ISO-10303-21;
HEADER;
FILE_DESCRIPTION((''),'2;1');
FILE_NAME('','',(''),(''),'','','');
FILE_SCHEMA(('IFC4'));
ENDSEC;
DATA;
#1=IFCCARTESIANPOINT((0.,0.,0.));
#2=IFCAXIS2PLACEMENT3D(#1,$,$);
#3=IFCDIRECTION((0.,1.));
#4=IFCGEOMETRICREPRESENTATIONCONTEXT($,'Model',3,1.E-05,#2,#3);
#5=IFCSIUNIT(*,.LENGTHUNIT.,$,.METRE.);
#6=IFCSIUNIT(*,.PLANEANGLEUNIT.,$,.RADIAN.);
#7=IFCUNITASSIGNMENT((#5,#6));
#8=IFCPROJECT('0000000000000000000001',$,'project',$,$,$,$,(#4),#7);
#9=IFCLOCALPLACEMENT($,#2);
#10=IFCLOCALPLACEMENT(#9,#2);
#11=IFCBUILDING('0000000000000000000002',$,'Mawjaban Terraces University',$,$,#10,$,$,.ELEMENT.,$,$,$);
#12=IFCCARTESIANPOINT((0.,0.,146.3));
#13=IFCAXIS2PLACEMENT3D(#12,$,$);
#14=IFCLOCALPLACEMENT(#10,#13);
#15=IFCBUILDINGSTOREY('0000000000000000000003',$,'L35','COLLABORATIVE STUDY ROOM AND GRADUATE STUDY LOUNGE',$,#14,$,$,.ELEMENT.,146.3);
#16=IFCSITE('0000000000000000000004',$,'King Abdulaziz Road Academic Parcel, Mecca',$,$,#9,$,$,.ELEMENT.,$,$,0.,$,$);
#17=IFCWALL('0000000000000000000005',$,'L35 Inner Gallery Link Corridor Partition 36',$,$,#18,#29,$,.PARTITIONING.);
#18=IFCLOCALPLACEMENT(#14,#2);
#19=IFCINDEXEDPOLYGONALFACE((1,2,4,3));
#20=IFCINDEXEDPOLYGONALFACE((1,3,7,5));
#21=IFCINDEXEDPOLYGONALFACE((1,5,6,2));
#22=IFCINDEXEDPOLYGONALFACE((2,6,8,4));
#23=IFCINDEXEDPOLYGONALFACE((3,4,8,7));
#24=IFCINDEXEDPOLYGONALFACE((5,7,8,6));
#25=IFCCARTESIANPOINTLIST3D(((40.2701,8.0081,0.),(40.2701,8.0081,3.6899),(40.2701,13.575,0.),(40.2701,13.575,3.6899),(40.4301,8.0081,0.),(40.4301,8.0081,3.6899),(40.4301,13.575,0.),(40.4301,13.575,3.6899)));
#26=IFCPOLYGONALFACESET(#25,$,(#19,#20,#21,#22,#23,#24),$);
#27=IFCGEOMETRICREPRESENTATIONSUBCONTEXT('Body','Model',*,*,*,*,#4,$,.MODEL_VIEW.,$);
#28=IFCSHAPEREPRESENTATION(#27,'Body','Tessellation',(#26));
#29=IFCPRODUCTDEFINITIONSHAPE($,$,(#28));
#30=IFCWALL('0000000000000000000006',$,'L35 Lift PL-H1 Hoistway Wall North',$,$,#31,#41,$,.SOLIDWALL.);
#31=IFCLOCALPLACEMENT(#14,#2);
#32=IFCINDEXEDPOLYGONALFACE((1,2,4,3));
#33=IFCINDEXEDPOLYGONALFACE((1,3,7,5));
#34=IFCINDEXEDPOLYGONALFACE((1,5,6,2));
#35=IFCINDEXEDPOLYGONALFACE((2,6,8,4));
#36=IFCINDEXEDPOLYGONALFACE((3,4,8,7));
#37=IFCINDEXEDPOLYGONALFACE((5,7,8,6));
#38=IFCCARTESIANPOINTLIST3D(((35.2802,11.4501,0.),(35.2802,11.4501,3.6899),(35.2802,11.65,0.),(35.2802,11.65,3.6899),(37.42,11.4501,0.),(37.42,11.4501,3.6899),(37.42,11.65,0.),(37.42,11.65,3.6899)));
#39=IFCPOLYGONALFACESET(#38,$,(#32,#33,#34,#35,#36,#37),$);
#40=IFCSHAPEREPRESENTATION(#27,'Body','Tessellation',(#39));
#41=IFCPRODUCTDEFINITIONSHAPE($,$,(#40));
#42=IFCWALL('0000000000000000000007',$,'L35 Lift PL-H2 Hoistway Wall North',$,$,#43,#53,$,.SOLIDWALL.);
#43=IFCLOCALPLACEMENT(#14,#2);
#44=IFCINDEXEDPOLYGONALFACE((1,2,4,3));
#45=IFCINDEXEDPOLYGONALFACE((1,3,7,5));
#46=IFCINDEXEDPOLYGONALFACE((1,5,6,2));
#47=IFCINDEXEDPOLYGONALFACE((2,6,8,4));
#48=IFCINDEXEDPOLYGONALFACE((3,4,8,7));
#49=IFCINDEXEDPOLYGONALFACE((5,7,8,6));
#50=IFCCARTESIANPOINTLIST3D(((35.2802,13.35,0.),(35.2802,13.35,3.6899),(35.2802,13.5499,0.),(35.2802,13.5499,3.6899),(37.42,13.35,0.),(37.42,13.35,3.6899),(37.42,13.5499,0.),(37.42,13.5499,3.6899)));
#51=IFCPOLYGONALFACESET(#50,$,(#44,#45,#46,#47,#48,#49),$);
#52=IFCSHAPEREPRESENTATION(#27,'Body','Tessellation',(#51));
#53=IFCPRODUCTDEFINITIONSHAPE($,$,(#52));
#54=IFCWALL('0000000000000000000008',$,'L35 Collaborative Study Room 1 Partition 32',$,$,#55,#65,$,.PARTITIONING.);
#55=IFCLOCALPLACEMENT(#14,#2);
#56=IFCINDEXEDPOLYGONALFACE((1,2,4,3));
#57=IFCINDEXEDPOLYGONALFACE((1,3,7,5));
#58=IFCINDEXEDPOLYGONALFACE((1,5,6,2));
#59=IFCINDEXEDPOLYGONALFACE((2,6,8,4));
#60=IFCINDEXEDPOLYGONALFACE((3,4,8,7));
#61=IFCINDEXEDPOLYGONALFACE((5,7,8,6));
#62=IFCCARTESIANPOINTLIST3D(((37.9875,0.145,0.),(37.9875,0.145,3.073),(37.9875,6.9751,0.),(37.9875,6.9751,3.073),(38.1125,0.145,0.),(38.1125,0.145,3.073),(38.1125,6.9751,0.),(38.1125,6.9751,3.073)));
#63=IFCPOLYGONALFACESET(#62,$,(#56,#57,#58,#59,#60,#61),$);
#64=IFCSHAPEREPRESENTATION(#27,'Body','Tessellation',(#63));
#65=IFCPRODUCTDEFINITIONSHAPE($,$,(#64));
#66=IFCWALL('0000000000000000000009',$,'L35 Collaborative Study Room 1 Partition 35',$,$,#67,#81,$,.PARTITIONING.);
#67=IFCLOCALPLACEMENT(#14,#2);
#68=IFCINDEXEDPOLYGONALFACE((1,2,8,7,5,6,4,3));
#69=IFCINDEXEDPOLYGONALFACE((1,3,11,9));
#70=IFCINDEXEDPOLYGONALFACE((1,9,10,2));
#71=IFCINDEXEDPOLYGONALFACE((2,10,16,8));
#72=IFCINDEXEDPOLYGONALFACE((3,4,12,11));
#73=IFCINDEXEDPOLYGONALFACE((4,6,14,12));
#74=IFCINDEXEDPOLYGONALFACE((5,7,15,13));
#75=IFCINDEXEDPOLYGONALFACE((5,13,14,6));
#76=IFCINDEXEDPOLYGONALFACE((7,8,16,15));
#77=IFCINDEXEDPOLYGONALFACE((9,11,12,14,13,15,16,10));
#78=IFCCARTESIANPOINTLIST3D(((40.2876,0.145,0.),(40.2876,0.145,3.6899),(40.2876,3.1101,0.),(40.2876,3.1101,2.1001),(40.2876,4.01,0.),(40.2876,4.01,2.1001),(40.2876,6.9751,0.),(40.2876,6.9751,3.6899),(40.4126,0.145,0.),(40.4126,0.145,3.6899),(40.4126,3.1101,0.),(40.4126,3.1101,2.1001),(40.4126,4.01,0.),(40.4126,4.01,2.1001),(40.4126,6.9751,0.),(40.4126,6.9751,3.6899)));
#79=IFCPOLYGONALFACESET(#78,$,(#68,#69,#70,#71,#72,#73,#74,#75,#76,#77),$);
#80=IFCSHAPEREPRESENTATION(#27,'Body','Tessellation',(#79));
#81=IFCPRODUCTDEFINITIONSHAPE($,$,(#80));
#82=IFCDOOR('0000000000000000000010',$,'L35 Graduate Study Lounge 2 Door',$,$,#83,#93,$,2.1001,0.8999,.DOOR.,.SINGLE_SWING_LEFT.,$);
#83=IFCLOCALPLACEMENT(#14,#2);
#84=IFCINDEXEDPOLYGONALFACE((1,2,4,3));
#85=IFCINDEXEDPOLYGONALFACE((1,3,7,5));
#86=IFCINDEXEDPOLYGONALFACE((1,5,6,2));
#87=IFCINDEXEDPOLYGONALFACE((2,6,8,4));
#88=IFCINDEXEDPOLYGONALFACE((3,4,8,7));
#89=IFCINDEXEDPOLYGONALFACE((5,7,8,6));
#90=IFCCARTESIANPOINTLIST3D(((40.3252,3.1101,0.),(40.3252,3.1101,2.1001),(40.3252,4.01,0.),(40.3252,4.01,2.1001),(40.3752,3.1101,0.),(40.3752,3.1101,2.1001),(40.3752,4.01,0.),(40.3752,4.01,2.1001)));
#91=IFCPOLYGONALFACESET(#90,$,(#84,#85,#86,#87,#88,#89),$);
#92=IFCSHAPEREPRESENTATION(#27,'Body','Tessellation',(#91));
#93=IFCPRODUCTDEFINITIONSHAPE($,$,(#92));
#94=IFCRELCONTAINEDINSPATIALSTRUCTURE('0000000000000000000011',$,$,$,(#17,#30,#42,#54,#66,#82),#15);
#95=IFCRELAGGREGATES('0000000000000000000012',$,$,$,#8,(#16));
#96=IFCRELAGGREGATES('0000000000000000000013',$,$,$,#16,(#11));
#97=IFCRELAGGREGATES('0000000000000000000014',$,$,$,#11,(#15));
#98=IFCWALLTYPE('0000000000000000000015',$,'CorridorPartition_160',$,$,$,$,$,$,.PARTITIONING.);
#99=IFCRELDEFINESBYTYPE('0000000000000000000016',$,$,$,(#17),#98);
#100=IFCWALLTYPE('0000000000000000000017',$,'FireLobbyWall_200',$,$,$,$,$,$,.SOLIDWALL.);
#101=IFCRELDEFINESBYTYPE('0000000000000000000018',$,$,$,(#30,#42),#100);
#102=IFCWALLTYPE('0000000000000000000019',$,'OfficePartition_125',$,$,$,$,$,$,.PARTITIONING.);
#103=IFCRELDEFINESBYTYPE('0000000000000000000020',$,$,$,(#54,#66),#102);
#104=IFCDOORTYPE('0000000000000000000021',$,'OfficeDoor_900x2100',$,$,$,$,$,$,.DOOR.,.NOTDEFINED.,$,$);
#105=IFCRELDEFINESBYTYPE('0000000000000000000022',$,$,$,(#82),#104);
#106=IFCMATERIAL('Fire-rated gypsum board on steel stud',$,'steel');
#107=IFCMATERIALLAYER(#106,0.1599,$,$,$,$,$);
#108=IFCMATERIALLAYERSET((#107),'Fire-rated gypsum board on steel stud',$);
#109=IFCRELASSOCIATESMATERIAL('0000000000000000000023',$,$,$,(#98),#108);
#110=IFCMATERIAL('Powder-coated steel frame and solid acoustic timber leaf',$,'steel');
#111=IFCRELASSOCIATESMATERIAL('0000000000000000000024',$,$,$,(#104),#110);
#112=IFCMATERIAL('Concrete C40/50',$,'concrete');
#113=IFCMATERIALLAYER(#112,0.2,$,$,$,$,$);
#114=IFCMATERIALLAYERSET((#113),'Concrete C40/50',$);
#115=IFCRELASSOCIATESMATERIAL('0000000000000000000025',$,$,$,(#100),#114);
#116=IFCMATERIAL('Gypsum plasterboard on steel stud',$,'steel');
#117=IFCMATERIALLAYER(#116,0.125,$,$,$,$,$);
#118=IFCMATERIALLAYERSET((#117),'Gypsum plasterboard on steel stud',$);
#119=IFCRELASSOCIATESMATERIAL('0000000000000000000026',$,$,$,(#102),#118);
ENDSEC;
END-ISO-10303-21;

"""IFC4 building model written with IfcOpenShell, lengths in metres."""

from ifc_helpers import new_model, si_unit, direction, frame, frame_2d, origin, place, context, subcontext, project, spatial, rectangle, extrude, material, layer, layer_set, type_object, element, fill, save


model = new_model("IFC4")

# Units and contexts
model_context = context("Model", 3, precision=1e-05, world=origin(), true_north=direction((0.0, 1.0)))
body_context = subcontext(model_context, "Body", "Model", "MODEL_VIEW")
ifc_project = project(units=[si_unit("LENGTHUNIT", "METRE"), si_unit("PLANEANGLEUNIT", "RADIAN")], contexts=[model_context])

# Site, building, storey
site_placement = place(None, origin())
site = spatial("IfcSite", under=ifc_project, at=site_placement, Name="King Abdulaziz Road Academic Parcel, Mecca", CompositionType="ELEMENT", RefElevation=0.0)
building_placement = place(site_placement, origin())
building = spatial("IfcBuilding", under=site, at=building_placement, Name="Mawjaban Terraces University", CompositionType="ELEMENT")
storey_placement = place(building_placement, frame((0.0, 0.0, 146.3)))
storey = spatial("IfcBuildingStorey", under=building, at=storey_placement, Name="L35", Description="COLLABORATIVE STUDY ROOM AND GRADUATE STUDY LOUNGE", CompositionType="ELEMENT", Elevation=146.3)

# Shared definitions
ifc_material_1 = material(Name="Fire-rated gypsum board on steel stud", Category="steel")
ifc_layer_1 = layer(ifc_material_1, 0.1599)
ifc_layer_set_1 = layer_set([ifc_layer_1], Name="Fire-rated gypsum board on steel stud")
wall_type_1 = type_object("IfcWallType", Name="CorridorPartition_160", PredefinedType="PARTITIONING", material=ifc_layer_set_1)
ifc_material_2 = material(Name="Powder-coated steel frame and solid acoustic timber leaf", Category="steel")
door_type = type_object("IfcDoorType", Name="OfficeDoor_900x2100", OperationType="NOTDEFINED", PredefinedType="DOOR", material=ifc_material_2)

# Walls
wall_1_placement = place(storey_placement, frame((40.3501, 8.0081, 0.0), z_axis=(0.0, 0.0, 1.0), x_axis=(0.0, 1.0, 0.0)))
element("IfcWall", 1, at=wall_1_placement, inside=storey, type_object=wall_type_1, Name="L35 Inner Gallery Link Corridor Partition 36", PredefinedType="PARTITIONING", context=body_context, shape_type="SweptSolid", body=[
    extrude(rectangle(XDim=5.5669, YDim=0.1599, at=frame_2d((2.7834, 0.0))), origin(), (0.0, 0.0, 1.0), 3.6899),
])
ifc_material_3 = material(Name="Concrete C40/50", Category="concrete")
ifc_layer_2 = layer(ifc_material_3, 0.2)
ifc_layer_set_2 = layer_set([ifc_layer_2], Name="Concrete C40/50")
wall_type_2 = type_object("IfcWallType", Name="FireLobbyWall_200", PredefinedType="SOLIDWALL", material=ifc_layer_set_2)
for number, where, z_axis, x_axis, name in (
    (2, (37.4199, 11.55, 0.0), (0.0, 0.0, 1.0), (-1.0, 0.0, 0.0), "L35 Lift PL-H1 Hoistway Wall North"),
    (3, (37.4199, 13.45, 0.0), (0.0, 0.0, 1.0), (-1.0, 0.0, 0.0), "L35 Lift PL-H2 Hoistway Wall North"),
):
    element("IfcWall", number, at=place(storey_placement, frame(where, z_axis=z_axis, x_axis=x_axis)), inside=storey, type_object=wall_type_2, Name=name, PredefinedType="SOLIDWALL", context=body_context, shape_type="SweptSolid", body=[
        extrude(rectangle(XDim=2.1399, YDim=0.2, at=frame_2d((1.0698, 0.0))), origin(), (0.0, 0.0, 1.0), 3.6899),
    ])
ifc_material_4 = material(Name="Gypsum plasterboard on steel stud", Category="steel")
ifc_layer_3 = layer(ifc_material_4, 0.125)
ifc_layer_set_3 = layer_set([ifc_layer_3], Name="Gypsum plasterboard on steel stud")
wall_type_3 = type_object("IfcWallType", Name="OfficePartition_125", PredefinedType="PARTITIONING", material=ifc_layer_set_3)
wall_2_placement = place(storey_placement, frame((38.05, 6.9751, 0.0), z_axis=(0.0, 0.0, 1.0), x_axis=(0.0, -1.0, 0.0)))
element("IfcWall", 4, at=wall_2_placement, inside=storey, type_object=wall_type_3, Name="L35 Collaborative Study Room 1 Partition 32", PredefinedType="PARTITIONING", context=body_context, shape_type="SweptSolid", body=[
    extrude(rectangle(XDim=6.8301, YDim=0.125, at=frame_2d((3.415, 0.0))), origin(), (0.0, 0.0, 1.0), 3.073),
])

# Wall, opening, door
wall_3_placement = place(storey_placement, frame((40.3501, 0.145, 0.0), z_axis=(0.0, 0.0, 1.0), x_axis=(0.0, 1.0, 0.0)))
wall_3 = element("IfcWall", 5, at=wall_3_placement, inside=storey, type_object=wall_type_3, Name="L35 Collaborative Study Room 1 Partition 35", PredefinedType="PARTITIONING", context=body_context, shape_type="SweptSolid", body=[
    extrude(rectangle(XDim=6.8301, YDim=0.125, at=frame_2d((3.415, 0.0))), origin(), (0.0, 0.0, 1.0), 3.6899),
])
opening_1_placement = place(wall_3_placement, frame((2.9651, 0.0, 0.0)))
opening_1 = element("IfcOpeningElement", 6, at=opening_1_placement, cuts=wall_3, PredefinedType="OPENING", context=body_context, shape_type="SweptSolid", body=[
    extrude(rectangle(XDim=0.8999, YDim=2.1001, at=frame_2d((0.45, 1.05))), frame((0.0, 0.0725, 0.0), z_axis=(0.0, -1.0, 0.0), x_axis=(1.0, 0.0, 0.0)), (0.0, 0.0, 1.0), 0.145),
])
door_1_placement = place(opening_1_placement, origin())
door_1 = element("IfcDoor", 7, at=door_1_placement, inside=storey, type_object=door_type, Name="L35 Graduate Study Lounge 2 Door", OperationType="SINGLE_SWING_LEFT", OverallHeight=2.1001, OverallWidth=0.8999, PredefinedType="DOOR", context=body_context, shape_type="SweptSolid", body=[
    extrude(rectangle(XDim=0.8999, YDim=2.1001, at=frame_2d((0.45, 1.05))), frame((0.0, 0.0249, 0.0), z_axis=(0.0, -1.0, 0.0), x_axis=(1.0, 0.0, 0.0)), (0.0, 0.0, 1.0), 0.05),
])
fill(opening_1, door_1)

save(model, "model.ifc")
